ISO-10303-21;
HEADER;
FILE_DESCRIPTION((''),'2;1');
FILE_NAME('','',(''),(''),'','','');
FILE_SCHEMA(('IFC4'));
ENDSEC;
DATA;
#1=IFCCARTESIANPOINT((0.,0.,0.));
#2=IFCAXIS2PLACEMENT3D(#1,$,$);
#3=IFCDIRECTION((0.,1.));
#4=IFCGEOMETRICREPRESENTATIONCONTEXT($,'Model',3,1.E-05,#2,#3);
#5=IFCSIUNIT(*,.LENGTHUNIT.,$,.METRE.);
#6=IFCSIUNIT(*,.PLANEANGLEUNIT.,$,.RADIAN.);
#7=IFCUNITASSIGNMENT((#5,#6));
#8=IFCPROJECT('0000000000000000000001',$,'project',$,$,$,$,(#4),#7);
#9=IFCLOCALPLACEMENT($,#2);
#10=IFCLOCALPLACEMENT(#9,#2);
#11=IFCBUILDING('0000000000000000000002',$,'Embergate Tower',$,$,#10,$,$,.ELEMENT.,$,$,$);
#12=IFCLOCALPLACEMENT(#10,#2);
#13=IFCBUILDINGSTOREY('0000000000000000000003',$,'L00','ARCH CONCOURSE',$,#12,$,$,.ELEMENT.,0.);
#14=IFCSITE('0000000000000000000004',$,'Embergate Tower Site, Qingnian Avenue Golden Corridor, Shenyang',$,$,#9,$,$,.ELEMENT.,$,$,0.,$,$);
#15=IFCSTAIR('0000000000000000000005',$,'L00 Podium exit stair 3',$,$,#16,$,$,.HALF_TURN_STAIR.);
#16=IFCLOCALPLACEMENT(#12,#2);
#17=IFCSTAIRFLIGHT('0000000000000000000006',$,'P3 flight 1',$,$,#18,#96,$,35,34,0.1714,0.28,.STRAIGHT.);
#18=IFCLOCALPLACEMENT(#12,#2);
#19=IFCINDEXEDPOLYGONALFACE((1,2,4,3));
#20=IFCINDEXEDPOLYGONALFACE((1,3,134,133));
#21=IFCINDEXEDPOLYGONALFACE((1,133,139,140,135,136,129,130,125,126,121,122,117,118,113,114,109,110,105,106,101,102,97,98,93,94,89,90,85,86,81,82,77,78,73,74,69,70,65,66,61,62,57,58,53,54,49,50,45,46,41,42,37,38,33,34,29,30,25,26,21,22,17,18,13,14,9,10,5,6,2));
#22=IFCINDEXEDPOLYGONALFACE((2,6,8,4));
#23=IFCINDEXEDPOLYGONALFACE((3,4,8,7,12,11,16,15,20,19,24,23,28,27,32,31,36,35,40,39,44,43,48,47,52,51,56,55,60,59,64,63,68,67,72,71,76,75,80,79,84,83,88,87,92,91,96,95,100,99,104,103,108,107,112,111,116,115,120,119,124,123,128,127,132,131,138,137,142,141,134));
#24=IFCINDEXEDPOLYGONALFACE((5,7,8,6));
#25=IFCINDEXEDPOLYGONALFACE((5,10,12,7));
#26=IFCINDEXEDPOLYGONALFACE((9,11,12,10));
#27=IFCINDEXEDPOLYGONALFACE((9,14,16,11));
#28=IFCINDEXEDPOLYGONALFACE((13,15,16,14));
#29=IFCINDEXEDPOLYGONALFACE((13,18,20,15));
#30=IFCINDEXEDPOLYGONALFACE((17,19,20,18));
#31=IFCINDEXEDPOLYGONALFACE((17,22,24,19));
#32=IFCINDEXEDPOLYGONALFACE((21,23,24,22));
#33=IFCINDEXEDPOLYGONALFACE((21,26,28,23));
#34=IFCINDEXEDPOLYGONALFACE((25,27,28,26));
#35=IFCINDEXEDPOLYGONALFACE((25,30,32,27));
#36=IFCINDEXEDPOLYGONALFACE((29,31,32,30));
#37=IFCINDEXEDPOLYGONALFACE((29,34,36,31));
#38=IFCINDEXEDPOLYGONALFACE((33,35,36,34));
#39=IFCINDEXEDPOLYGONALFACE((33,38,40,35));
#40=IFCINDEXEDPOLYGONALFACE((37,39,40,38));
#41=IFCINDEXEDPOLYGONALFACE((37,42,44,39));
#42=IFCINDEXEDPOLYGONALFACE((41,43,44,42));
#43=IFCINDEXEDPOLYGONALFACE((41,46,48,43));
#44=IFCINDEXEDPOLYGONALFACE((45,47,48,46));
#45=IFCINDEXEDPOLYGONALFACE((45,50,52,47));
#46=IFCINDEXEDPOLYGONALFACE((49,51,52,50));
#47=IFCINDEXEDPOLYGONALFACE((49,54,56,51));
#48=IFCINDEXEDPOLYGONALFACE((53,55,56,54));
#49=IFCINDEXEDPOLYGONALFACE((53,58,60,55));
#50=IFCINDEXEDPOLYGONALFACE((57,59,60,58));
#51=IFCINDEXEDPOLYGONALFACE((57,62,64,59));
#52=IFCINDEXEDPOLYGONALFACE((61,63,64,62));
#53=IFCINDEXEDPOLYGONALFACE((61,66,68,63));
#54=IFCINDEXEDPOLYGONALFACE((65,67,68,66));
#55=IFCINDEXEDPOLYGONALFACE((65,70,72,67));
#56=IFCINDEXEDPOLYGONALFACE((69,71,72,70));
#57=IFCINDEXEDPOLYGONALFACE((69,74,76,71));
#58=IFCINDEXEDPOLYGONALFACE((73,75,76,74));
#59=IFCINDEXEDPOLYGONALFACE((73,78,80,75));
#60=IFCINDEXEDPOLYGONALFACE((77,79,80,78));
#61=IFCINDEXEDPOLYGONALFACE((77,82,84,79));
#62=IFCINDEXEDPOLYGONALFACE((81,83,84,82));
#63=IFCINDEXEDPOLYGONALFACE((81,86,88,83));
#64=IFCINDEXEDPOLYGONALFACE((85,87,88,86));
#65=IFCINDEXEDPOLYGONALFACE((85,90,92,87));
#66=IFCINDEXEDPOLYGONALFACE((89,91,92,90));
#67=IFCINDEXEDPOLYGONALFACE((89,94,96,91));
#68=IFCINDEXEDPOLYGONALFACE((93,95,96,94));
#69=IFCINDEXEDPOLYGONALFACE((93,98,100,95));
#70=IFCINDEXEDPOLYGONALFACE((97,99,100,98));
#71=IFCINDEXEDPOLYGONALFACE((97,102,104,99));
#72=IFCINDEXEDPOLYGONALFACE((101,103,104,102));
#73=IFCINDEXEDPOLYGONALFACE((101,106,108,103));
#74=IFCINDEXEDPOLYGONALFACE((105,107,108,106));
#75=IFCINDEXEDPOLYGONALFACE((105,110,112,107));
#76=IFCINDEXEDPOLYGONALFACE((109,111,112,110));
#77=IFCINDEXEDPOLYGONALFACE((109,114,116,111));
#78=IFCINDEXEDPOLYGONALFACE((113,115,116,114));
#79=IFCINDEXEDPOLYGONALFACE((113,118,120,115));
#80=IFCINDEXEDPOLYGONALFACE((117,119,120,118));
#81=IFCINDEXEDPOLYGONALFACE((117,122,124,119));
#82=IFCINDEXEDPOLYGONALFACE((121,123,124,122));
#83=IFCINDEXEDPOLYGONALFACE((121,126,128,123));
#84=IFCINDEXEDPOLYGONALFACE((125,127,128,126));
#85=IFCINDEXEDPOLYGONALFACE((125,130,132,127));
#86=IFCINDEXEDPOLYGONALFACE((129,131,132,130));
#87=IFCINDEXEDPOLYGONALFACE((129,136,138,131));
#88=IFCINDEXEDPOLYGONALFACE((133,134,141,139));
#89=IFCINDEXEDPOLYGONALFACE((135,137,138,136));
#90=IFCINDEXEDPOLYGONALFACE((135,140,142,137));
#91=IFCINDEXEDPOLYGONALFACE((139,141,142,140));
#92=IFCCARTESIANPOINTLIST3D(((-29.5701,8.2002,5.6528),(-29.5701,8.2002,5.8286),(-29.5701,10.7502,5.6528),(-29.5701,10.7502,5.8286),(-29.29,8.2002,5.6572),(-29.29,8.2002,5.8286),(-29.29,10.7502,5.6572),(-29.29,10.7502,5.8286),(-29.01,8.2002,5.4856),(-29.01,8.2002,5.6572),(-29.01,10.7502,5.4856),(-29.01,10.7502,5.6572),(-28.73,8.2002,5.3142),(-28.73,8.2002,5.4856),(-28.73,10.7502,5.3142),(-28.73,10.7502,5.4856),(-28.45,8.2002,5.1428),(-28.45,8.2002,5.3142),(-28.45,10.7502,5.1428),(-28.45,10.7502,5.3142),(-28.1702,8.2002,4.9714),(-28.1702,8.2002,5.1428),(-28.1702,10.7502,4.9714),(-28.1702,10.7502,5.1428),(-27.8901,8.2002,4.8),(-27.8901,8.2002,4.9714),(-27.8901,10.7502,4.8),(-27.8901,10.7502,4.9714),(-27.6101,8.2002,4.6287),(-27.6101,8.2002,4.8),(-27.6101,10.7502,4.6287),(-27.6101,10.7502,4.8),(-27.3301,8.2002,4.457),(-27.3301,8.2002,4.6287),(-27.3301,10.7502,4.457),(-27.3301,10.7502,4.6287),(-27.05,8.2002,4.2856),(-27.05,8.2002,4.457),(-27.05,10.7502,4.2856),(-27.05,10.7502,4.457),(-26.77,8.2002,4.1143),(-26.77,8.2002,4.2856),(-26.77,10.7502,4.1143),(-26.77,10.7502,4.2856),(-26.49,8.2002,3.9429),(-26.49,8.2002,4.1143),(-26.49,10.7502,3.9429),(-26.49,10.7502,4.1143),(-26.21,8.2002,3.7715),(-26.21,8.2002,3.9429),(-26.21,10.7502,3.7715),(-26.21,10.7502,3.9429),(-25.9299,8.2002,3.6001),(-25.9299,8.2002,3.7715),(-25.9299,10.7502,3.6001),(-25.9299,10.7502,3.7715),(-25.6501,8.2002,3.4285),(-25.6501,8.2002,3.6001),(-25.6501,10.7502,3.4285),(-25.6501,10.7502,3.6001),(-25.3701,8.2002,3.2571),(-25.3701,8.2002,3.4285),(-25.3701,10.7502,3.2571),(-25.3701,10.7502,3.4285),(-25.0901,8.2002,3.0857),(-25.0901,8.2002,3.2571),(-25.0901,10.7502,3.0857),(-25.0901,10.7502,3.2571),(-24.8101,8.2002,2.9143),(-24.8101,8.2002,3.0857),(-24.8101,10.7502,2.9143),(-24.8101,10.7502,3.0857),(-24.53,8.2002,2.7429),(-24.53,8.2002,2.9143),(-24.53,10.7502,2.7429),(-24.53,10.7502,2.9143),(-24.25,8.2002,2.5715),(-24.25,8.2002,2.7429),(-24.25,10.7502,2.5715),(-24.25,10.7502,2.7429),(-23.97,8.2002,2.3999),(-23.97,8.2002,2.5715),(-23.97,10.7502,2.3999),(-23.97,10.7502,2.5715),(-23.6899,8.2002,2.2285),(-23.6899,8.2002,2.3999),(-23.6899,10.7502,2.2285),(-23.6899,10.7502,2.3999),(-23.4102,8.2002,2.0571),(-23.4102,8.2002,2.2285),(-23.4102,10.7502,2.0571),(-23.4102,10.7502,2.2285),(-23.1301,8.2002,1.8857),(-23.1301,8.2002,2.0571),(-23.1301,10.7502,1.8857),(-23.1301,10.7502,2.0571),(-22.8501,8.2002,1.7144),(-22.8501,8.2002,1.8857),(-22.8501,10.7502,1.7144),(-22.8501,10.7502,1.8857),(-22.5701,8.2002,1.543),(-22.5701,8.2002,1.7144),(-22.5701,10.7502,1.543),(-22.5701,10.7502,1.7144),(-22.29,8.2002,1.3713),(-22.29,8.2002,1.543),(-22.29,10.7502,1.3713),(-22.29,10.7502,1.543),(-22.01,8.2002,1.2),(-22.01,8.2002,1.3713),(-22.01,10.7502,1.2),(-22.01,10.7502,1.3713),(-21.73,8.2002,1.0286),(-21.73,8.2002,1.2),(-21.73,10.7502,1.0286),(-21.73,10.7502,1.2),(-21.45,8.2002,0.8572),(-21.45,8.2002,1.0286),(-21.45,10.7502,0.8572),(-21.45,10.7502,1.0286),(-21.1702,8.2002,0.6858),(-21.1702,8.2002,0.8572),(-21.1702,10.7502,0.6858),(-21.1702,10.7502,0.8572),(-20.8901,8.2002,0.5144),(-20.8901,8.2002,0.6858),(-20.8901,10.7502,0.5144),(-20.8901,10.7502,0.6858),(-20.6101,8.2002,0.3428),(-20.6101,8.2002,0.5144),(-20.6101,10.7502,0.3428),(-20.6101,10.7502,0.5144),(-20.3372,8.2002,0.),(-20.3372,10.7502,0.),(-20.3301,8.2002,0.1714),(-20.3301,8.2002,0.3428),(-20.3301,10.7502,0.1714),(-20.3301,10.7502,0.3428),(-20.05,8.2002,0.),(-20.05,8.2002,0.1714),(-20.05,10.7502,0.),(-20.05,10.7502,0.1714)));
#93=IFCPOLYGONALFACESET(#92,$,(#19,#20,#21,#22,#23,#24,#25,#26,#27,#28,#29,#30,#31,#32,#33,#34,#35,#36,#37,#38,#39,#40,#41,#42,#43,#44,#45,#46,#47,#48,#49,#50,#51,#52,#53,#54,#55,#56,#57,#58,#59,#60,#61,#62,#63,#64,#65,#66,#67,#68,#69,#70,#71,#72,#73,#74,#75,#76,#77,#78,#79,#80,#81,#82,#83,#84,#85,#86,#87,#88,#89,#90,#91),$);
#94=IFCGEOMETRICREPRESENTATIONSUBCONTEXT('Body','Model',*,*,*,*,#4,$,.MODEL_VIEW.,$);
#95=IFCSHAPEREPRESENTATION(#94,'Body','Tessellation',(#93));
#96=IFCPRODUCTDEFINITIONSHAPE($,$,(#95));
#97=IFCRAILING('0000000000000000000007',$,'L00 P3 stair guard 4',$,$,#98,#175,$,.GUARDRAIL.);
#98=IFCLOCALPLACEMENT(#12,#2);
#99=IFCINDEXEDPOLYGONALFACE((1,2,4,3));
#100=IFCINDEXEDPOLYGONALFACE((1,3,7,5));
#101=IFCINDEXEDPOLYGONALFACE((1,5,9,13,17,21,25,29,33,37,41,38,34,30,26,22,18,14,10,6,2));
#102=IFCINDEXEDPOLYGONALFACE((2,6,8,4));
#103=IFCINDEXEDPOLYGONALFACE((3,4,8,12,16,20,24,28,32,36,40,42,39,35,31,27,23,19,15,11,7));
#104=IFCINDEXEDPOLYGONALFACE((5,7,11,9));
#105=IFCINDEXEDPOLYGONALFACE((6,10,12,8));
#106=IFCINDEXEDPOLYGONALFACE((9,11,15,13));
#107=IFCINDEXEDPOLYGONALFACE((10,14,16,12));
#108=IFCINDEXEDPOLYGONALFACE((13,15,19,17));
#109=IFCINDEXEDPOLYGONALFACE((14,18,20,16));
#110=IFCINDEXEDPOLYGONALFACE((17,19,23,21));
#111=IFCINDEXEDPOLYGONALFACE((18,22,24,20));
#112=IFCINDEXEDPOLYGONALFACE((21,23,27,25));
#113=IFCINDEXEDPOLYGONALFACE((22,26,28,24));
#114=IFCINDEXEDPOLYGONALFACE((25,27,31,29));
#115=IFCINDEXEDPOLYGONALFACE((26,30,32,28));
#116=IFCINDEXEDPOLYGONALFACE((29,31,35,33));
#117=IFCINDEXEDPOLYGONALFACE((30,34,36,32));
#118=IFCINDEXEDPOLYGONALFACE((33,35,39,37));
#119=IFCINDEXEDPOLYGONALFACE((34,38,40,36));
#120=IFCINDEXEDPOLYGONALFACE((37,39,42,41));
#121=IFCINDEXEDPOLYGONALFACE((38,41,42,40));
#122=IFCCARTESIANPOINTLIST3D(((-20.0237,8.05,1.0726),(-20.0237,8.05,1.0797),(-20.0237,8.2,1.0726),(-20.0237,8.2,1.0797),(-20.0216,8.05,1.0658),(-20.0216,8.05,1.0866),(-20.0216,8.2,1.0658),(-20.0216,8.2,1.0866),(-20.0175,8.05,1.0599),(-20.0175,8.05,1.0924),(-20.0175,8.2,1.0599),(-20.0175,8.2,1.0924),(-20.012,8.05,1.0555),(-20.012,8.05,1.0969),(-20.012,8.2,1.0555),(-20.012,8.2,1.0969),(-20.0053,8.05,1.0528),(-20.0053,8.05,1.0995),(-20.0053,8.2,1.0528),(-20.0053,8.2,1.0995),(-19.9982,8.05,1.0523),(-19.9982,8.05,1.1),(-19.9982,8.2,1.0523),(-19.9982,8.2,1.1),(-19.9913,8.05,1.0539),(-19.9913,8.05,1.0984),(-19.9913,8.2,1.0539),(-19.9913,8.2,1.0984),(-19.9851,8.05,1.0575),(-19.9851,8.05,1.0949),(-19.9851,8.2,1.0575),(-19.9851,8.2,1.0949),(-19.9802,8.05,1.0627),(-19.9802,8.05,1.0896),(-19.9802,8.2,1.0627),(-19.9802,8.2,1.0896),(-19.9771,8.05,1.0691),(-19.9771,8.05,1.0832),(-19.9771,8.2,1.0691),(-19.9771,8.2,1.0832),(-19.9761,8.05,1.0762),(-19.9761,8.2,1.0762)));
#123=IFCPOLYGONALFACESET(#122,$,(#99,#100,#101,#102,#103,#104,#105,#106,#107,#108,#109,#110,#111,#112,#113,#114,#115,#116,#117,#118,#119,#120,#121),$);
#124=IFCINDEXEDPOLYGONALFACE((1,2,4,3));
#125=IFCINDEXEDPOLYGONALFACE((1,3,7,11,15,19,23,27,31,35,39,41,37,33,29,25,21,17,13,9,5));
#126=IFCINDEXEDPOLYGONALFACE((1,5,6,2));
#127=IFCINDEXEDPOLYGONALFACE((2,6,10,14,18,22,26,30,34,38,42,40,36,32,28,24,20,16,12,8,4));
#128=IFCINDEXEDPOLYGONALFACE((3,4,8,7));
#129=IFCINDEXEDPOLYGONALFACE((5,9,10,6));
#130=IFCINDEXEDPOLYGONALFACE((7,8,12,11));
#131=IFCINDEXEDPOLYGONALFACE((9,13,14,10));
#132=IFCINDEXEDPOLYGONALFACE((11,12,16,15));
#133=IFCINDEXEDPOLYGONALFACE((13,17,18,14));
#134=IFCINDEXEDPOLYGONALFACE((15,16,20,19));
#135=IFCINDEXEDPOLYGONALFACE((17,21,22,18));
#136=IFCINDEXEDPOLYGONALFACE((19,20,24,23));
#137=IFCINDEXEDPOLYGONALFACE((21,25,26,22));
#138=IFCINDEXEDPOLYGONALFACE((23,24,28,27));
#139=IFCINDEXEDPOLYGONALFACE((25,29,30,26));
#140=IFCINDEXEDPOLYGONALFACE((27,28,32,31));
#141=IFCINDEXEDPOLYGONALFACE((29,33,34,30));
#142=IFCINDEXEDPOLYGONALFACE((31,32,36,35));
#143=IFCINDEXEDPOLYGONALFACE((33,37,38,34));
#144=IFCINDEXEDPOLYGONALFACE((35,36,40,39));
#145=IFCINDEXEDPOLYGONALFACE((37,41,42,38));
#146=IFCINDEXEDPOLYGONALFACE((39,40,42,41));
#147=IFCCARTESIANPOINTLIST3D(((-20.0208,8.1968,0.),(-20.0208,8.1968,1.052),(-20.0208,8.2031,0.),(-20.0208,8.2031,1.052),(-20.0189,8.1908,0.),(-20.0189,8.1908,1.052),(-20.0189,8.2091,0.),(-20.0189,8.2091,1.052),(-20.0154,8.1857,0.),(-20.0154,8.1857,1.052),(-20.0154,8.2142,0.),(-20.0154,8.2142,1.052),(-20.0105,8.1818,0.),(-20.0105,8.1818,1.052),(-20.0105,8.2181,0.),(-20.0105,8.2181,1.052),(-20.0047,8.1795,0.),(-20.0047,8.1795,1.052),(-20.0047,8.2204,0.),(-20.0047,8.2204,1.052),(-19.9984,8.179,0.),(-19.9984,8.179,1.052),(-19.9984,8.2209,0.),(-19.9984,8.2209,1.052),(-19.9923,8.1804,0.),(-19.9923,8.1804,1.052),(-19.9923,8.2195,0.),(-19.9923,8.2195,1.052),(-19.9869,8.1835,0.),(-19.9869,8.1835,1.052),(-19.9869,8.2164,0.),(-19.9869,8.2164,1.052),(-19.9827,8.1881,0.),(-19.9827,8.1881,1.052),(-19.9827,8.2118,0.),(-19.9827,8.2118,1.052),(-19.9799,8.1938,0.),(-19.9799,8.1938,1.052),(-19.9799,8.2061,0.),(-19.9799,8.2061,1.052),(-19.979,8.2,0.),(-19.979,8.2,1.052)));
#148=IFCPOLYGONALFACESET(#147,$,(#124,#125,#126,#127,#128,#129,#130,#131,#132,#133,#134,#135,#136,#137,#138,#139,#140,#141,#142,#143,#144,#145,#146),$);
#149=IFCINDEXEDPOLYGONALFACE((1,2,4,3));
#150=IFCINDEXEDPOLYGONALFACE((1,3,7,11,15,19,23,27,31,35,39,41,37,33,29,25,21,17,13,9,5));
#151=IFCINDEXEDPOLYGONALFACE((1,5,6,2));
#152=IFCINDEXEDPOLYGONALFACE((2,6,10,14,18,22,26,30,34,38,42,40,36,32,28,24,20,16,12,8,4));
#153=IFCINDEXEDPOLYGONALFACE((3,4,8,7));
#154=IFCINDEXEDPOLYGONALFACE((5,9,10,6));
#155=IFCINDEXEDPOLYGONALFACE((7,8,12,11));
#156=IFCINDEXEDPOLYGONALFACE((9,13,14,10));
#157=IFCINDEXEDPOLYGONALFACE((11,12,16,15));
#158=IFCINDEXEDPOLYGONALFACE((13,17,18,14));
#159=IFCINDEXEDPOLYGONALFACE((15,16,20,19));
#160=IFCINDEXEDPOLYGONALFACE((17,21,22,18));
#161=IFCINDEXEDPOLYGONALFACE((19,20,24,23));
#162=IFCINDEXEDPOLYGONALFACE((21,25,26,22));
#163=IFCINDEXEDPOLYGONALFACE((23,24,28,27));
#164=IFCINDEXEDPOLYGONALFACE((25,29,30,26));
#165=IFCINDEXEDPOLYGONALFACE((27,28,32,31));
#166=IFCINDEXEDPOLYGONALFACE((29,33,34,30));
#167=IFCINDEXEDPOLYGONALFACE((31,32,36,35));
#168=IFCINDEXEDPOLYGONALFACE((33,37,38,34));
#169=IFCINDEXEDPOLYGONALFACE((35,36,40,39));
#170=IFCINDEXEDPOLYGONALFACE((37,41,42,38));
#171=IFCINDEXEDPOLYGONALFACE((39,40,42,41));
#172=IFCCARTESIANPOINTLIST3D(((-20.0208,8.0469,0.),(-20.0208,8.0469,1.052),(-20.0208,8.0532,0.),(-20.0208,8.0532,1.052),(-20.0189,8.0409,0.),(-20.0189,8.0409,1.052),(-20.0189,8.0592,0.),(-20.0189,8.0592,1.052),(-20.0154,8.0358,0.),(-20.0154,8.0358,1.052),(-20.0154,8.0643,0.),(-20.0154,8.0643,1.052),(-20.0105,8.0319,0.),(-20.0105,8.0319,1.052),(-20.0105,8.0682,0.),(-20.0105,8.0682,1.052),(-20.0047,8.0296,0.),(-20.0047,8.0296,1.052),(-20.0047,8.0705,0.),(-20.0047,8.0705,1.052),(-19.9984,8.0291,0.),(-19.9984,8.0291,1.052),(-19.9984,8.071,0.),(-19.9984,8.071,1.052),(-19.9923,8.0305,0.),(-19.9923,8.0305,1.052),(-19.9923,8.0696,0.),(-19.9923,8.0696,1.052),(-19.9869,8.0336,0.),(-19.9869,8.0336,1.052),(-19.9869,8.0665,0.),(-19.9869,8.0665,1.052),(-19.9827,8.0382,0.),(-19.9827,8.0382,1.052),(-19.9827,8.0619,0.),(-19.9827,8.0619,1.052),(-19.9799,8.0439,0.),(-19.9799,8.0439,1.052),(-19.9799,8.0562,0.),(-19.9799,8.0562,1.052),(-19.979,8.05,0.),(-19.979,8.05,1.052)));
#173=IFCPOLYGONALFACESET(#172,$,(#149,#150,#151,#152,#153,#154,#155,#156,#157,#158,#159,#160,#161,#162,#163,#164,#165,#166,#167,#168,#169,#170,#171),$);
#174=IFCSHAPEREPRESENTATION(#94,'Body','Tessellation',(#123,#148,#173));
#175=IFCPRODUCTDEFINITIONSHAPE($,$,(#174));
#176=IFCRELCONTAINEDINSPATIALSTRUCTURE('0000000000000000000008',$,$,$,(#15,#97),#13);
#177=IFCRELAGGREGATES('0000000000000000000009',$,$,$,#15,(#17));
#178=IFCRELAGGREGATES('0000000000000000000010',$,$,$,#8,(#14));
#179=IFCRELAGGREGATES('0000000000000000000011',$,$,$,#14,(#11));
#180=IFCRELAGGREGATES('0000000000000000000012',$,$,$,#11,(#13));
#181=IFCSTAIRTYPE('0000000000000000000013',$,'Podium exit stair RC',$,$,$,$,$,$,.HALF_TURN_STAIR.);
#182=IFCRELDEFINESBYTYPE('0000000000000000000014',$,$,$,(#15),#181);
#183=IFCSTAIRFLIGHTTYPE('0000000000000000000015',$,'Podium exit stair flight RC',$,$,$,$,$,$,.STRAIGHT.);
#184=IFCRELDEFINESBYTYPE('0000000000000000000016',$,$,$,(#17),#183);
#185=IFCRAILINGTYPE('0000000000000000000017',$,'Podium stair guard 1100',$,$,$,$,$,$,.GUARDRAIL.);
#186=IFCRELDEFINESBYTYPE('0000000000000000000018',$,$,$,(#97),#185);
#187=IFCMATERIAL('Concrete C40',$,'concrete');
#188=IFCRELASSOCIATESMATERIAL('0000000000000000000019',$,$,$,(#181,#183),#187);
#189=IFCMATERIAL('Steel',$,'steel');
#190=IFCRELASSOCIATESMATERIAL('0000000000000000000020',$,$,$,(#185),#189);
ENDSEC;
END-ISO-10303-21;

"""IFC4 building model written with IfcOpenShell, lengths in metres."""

from ifc_helpers import new_model, si_unit, direction, frame, origin, origin_2d, place, context, subcontext, project, spatial, polyline, circle, outline, extrude, source, transform, mapped, material, type_object, element, aggregate, save


model = new_model("IFC4")

# Units and contexts
model_context = context("Model", 3, precision=1e-05, world=origin(), true_north=direction((0.0, 1.0)))
body_context = subcontext(model_context, "Body", "Model", "MODEL_VIEW")
ifc_project = project(units=[si_unit("LENGTHUNIT", "METRE"), si_unit("PLANEANGLEUNIT", "RADIAN")], contexts=[model_context])

# Site, building, storey
site_placement = place(None, origin())
site = spatial("IfcSite", under=ifc_project, at=site_placement, Name="Embergate Tower Site, Qingnian Avenue Golden Corridor, Shenyang", CompositionType="ELEMENT", RefElevation=0.0)
building_placement = place(site_placement, origin())
building = spatial("IfcBuilding", under=site, at=building_placement, Name="Embergate Tower", CompositionType="ELEMENT")
storey_placement = place(building_placement, origin())
storey = spatial("IfcBuildingStorey", under=building, at=storey_placement, Name="L00", Description="ARCH CONCOURSE", CompositionType="ELEMENT", Elevation=0.0)

# Shared definitions
ifc_material_1 = material(Name="Concrete C40", Category="concrete")

# Stair, stair flight
stair_type_1 = type_object("IfcStairType", Name="Podium exit stair RC", PredefinedType="HALF_TURN_STAIR", material=ifc_material_1)
stair_1_placement = place(storey_placement, origin())
stair_1 = element("IfcStair", 1, at=stair_1_placement, inside=storey, type_object=stair_type_1, Name="L00 Podium exit stair 3", PredefinedType="HALF_TURN_STAIR")
stair_flight_type_1 = type_object("IfcStairFlightType", Name="Podium exit stair flight RC", PredefinedType="STRAIGHT", material=ifc_material_1)
shared_shape_1 = source(origin(), body_context, "Body", "SweptSolid", [
    extrude(outline(polyline([(0.0, 0.0), (0.0, 0.1714), (0.28, 0.1714), (0.28, 0.3428), (0.5601, 0.3428), (0.5601, 0.5144), (0.8401, 0.5144), (0.8401, 0.6858), (1.1201, 0.6858), (1.1201, 0.8572), (1.3999, 0.8572), (1.3999, 1.0286), (1.6799, 1.0286), (1.6799, 1.2), (1.96, 1.2), (1.96, 1.3713), (2.24, 1.3713), (2.24, 1.543), (2.52, 1.543), (2.52, 1.7144), (2.8, 1.7144), (2.8, 1.8857), (3.0801, 1.8857), (3.0801, 2.0571), (3.3601, 2.0571), (3.3601, 2.2285), (3.6399, 2.2285), (3.6399, 2.3999), (3.9199, 2.3999), (3.9199, 2.5715), (4.2, 2.5715), (4.2, 2.7429), (4.48, 2.7429), (4.48, 2.9143), (4.76, 2.9143), (4.76, 3.0857), (5.04, 3.0857), (5.04, 3.2571), (5.3201, 3.2571), (5.3201, 3.4285), (5.6001, 3.4285), (5.6001, 3.6001), (5.8799, 3.6001), (5.8799, 3.7715), (6.1599, 3.7715), (6.1599, 3.9429), (6.4399, 3.9429), (6.4399, 4.1143), (6.72, 4.1143), (6.72, 4.2856), (7.0, 4.2856), (7.0, 4.457), (7.28, 4.457), (7.28, 4.6287), (7.5601, 4.6287), (7.5601, 4.8), (7.8401, 4.8), (7.8401, 4.9714), (8.1201, 4.9714), (8.1201, 5.1428), (8.3999, 5.1428), (8.3999, 5.3142), (8.6799, 5.3142), (8.6799, 5.4856), (8.96, 5.4856), (8.96, 5.6572), (9.24, 5.6572), (9.24, 5.8286), (9.52, 5.8286), (9.52, 6.0), (9.52, 5.6528), (0.2871, 0.0), (0.0, 0.0)])), frame((0.0, 1.2749, 0.0), z_axis=(0.0, -1.0, 0.0), x_axis=(1.0, 0.0, 0.0)), (0.0, 0.0, 1.0), 2.55),
])
stair_flight_1_placement = place(storey_placement, frame((-20.05, 9.4751, 0.0), z_axis=(0.0, 0.0, 1.0), x_axis=(-1.0, 0.0, 0.0)))
stair_flight_1 = element("IfcStairFlight", 2, at=stair_flight_1_placement, type_object=stair_flight_type_1, Name="P3 flight 1", NumberOfRisers=35, NumberOfTreads=34, PredefinedType="STRAIGHT", RiserHeight=0.1714, TreadLength=0.28, context=body_context, shape_type="MappedRepresentation", body=[
    mapped(shared_shape_1, transform((0.0, 0.0, 0.0))),
])
aggregate(stair_1, [stair_flight_1])

# Railing
ifc_material_2 = material(Name="Steel", Category="steel")
railing_type_1 = type_object("IfcRailingType", Name="Podium stair guard 1100", PredefinedType="GUARDRAIL", material=ifc_material_2)
shared_shape_2 = source(origin(), body_context, "Body", "SweptSolid", [
    extrude(circle(Radius=0.0239, at=origin_2d()), frame((0.0, 0.0, 1.0762), z_axis=(0.0, -1.0, 0.0), x_axis=(1.0, 0.0, 0.0)), (0.0, 0.0, 1.0), 0.1499),
    extrude(circle(Radius=0.021, at=origin_2d()), origin(), (0.0, 0.0, 1.0), 1.052),
    extrude(circle(Radius=0.021, at=origin_2d()), frame((0.0, -0.1499, 0.0)), (0.0, 0.0, 1.0), 1.052),
])
railing_1_placement = place(storey_placement, frame((-20.0, 8.2, 0.0)))
element("IfcRailing", 3, at=railing_1_placement, inside=storey, type_object=railing_type_1, Name="L00 P3 stair guard 4", PredefinedType="GUARDRAIL", context=body_context, shape_type="MappedRepresentation", body=[
    mapped(shared_shape_2, transform((0.0, 0.0, 0.0))),
])

save(model, "model.ifc")
